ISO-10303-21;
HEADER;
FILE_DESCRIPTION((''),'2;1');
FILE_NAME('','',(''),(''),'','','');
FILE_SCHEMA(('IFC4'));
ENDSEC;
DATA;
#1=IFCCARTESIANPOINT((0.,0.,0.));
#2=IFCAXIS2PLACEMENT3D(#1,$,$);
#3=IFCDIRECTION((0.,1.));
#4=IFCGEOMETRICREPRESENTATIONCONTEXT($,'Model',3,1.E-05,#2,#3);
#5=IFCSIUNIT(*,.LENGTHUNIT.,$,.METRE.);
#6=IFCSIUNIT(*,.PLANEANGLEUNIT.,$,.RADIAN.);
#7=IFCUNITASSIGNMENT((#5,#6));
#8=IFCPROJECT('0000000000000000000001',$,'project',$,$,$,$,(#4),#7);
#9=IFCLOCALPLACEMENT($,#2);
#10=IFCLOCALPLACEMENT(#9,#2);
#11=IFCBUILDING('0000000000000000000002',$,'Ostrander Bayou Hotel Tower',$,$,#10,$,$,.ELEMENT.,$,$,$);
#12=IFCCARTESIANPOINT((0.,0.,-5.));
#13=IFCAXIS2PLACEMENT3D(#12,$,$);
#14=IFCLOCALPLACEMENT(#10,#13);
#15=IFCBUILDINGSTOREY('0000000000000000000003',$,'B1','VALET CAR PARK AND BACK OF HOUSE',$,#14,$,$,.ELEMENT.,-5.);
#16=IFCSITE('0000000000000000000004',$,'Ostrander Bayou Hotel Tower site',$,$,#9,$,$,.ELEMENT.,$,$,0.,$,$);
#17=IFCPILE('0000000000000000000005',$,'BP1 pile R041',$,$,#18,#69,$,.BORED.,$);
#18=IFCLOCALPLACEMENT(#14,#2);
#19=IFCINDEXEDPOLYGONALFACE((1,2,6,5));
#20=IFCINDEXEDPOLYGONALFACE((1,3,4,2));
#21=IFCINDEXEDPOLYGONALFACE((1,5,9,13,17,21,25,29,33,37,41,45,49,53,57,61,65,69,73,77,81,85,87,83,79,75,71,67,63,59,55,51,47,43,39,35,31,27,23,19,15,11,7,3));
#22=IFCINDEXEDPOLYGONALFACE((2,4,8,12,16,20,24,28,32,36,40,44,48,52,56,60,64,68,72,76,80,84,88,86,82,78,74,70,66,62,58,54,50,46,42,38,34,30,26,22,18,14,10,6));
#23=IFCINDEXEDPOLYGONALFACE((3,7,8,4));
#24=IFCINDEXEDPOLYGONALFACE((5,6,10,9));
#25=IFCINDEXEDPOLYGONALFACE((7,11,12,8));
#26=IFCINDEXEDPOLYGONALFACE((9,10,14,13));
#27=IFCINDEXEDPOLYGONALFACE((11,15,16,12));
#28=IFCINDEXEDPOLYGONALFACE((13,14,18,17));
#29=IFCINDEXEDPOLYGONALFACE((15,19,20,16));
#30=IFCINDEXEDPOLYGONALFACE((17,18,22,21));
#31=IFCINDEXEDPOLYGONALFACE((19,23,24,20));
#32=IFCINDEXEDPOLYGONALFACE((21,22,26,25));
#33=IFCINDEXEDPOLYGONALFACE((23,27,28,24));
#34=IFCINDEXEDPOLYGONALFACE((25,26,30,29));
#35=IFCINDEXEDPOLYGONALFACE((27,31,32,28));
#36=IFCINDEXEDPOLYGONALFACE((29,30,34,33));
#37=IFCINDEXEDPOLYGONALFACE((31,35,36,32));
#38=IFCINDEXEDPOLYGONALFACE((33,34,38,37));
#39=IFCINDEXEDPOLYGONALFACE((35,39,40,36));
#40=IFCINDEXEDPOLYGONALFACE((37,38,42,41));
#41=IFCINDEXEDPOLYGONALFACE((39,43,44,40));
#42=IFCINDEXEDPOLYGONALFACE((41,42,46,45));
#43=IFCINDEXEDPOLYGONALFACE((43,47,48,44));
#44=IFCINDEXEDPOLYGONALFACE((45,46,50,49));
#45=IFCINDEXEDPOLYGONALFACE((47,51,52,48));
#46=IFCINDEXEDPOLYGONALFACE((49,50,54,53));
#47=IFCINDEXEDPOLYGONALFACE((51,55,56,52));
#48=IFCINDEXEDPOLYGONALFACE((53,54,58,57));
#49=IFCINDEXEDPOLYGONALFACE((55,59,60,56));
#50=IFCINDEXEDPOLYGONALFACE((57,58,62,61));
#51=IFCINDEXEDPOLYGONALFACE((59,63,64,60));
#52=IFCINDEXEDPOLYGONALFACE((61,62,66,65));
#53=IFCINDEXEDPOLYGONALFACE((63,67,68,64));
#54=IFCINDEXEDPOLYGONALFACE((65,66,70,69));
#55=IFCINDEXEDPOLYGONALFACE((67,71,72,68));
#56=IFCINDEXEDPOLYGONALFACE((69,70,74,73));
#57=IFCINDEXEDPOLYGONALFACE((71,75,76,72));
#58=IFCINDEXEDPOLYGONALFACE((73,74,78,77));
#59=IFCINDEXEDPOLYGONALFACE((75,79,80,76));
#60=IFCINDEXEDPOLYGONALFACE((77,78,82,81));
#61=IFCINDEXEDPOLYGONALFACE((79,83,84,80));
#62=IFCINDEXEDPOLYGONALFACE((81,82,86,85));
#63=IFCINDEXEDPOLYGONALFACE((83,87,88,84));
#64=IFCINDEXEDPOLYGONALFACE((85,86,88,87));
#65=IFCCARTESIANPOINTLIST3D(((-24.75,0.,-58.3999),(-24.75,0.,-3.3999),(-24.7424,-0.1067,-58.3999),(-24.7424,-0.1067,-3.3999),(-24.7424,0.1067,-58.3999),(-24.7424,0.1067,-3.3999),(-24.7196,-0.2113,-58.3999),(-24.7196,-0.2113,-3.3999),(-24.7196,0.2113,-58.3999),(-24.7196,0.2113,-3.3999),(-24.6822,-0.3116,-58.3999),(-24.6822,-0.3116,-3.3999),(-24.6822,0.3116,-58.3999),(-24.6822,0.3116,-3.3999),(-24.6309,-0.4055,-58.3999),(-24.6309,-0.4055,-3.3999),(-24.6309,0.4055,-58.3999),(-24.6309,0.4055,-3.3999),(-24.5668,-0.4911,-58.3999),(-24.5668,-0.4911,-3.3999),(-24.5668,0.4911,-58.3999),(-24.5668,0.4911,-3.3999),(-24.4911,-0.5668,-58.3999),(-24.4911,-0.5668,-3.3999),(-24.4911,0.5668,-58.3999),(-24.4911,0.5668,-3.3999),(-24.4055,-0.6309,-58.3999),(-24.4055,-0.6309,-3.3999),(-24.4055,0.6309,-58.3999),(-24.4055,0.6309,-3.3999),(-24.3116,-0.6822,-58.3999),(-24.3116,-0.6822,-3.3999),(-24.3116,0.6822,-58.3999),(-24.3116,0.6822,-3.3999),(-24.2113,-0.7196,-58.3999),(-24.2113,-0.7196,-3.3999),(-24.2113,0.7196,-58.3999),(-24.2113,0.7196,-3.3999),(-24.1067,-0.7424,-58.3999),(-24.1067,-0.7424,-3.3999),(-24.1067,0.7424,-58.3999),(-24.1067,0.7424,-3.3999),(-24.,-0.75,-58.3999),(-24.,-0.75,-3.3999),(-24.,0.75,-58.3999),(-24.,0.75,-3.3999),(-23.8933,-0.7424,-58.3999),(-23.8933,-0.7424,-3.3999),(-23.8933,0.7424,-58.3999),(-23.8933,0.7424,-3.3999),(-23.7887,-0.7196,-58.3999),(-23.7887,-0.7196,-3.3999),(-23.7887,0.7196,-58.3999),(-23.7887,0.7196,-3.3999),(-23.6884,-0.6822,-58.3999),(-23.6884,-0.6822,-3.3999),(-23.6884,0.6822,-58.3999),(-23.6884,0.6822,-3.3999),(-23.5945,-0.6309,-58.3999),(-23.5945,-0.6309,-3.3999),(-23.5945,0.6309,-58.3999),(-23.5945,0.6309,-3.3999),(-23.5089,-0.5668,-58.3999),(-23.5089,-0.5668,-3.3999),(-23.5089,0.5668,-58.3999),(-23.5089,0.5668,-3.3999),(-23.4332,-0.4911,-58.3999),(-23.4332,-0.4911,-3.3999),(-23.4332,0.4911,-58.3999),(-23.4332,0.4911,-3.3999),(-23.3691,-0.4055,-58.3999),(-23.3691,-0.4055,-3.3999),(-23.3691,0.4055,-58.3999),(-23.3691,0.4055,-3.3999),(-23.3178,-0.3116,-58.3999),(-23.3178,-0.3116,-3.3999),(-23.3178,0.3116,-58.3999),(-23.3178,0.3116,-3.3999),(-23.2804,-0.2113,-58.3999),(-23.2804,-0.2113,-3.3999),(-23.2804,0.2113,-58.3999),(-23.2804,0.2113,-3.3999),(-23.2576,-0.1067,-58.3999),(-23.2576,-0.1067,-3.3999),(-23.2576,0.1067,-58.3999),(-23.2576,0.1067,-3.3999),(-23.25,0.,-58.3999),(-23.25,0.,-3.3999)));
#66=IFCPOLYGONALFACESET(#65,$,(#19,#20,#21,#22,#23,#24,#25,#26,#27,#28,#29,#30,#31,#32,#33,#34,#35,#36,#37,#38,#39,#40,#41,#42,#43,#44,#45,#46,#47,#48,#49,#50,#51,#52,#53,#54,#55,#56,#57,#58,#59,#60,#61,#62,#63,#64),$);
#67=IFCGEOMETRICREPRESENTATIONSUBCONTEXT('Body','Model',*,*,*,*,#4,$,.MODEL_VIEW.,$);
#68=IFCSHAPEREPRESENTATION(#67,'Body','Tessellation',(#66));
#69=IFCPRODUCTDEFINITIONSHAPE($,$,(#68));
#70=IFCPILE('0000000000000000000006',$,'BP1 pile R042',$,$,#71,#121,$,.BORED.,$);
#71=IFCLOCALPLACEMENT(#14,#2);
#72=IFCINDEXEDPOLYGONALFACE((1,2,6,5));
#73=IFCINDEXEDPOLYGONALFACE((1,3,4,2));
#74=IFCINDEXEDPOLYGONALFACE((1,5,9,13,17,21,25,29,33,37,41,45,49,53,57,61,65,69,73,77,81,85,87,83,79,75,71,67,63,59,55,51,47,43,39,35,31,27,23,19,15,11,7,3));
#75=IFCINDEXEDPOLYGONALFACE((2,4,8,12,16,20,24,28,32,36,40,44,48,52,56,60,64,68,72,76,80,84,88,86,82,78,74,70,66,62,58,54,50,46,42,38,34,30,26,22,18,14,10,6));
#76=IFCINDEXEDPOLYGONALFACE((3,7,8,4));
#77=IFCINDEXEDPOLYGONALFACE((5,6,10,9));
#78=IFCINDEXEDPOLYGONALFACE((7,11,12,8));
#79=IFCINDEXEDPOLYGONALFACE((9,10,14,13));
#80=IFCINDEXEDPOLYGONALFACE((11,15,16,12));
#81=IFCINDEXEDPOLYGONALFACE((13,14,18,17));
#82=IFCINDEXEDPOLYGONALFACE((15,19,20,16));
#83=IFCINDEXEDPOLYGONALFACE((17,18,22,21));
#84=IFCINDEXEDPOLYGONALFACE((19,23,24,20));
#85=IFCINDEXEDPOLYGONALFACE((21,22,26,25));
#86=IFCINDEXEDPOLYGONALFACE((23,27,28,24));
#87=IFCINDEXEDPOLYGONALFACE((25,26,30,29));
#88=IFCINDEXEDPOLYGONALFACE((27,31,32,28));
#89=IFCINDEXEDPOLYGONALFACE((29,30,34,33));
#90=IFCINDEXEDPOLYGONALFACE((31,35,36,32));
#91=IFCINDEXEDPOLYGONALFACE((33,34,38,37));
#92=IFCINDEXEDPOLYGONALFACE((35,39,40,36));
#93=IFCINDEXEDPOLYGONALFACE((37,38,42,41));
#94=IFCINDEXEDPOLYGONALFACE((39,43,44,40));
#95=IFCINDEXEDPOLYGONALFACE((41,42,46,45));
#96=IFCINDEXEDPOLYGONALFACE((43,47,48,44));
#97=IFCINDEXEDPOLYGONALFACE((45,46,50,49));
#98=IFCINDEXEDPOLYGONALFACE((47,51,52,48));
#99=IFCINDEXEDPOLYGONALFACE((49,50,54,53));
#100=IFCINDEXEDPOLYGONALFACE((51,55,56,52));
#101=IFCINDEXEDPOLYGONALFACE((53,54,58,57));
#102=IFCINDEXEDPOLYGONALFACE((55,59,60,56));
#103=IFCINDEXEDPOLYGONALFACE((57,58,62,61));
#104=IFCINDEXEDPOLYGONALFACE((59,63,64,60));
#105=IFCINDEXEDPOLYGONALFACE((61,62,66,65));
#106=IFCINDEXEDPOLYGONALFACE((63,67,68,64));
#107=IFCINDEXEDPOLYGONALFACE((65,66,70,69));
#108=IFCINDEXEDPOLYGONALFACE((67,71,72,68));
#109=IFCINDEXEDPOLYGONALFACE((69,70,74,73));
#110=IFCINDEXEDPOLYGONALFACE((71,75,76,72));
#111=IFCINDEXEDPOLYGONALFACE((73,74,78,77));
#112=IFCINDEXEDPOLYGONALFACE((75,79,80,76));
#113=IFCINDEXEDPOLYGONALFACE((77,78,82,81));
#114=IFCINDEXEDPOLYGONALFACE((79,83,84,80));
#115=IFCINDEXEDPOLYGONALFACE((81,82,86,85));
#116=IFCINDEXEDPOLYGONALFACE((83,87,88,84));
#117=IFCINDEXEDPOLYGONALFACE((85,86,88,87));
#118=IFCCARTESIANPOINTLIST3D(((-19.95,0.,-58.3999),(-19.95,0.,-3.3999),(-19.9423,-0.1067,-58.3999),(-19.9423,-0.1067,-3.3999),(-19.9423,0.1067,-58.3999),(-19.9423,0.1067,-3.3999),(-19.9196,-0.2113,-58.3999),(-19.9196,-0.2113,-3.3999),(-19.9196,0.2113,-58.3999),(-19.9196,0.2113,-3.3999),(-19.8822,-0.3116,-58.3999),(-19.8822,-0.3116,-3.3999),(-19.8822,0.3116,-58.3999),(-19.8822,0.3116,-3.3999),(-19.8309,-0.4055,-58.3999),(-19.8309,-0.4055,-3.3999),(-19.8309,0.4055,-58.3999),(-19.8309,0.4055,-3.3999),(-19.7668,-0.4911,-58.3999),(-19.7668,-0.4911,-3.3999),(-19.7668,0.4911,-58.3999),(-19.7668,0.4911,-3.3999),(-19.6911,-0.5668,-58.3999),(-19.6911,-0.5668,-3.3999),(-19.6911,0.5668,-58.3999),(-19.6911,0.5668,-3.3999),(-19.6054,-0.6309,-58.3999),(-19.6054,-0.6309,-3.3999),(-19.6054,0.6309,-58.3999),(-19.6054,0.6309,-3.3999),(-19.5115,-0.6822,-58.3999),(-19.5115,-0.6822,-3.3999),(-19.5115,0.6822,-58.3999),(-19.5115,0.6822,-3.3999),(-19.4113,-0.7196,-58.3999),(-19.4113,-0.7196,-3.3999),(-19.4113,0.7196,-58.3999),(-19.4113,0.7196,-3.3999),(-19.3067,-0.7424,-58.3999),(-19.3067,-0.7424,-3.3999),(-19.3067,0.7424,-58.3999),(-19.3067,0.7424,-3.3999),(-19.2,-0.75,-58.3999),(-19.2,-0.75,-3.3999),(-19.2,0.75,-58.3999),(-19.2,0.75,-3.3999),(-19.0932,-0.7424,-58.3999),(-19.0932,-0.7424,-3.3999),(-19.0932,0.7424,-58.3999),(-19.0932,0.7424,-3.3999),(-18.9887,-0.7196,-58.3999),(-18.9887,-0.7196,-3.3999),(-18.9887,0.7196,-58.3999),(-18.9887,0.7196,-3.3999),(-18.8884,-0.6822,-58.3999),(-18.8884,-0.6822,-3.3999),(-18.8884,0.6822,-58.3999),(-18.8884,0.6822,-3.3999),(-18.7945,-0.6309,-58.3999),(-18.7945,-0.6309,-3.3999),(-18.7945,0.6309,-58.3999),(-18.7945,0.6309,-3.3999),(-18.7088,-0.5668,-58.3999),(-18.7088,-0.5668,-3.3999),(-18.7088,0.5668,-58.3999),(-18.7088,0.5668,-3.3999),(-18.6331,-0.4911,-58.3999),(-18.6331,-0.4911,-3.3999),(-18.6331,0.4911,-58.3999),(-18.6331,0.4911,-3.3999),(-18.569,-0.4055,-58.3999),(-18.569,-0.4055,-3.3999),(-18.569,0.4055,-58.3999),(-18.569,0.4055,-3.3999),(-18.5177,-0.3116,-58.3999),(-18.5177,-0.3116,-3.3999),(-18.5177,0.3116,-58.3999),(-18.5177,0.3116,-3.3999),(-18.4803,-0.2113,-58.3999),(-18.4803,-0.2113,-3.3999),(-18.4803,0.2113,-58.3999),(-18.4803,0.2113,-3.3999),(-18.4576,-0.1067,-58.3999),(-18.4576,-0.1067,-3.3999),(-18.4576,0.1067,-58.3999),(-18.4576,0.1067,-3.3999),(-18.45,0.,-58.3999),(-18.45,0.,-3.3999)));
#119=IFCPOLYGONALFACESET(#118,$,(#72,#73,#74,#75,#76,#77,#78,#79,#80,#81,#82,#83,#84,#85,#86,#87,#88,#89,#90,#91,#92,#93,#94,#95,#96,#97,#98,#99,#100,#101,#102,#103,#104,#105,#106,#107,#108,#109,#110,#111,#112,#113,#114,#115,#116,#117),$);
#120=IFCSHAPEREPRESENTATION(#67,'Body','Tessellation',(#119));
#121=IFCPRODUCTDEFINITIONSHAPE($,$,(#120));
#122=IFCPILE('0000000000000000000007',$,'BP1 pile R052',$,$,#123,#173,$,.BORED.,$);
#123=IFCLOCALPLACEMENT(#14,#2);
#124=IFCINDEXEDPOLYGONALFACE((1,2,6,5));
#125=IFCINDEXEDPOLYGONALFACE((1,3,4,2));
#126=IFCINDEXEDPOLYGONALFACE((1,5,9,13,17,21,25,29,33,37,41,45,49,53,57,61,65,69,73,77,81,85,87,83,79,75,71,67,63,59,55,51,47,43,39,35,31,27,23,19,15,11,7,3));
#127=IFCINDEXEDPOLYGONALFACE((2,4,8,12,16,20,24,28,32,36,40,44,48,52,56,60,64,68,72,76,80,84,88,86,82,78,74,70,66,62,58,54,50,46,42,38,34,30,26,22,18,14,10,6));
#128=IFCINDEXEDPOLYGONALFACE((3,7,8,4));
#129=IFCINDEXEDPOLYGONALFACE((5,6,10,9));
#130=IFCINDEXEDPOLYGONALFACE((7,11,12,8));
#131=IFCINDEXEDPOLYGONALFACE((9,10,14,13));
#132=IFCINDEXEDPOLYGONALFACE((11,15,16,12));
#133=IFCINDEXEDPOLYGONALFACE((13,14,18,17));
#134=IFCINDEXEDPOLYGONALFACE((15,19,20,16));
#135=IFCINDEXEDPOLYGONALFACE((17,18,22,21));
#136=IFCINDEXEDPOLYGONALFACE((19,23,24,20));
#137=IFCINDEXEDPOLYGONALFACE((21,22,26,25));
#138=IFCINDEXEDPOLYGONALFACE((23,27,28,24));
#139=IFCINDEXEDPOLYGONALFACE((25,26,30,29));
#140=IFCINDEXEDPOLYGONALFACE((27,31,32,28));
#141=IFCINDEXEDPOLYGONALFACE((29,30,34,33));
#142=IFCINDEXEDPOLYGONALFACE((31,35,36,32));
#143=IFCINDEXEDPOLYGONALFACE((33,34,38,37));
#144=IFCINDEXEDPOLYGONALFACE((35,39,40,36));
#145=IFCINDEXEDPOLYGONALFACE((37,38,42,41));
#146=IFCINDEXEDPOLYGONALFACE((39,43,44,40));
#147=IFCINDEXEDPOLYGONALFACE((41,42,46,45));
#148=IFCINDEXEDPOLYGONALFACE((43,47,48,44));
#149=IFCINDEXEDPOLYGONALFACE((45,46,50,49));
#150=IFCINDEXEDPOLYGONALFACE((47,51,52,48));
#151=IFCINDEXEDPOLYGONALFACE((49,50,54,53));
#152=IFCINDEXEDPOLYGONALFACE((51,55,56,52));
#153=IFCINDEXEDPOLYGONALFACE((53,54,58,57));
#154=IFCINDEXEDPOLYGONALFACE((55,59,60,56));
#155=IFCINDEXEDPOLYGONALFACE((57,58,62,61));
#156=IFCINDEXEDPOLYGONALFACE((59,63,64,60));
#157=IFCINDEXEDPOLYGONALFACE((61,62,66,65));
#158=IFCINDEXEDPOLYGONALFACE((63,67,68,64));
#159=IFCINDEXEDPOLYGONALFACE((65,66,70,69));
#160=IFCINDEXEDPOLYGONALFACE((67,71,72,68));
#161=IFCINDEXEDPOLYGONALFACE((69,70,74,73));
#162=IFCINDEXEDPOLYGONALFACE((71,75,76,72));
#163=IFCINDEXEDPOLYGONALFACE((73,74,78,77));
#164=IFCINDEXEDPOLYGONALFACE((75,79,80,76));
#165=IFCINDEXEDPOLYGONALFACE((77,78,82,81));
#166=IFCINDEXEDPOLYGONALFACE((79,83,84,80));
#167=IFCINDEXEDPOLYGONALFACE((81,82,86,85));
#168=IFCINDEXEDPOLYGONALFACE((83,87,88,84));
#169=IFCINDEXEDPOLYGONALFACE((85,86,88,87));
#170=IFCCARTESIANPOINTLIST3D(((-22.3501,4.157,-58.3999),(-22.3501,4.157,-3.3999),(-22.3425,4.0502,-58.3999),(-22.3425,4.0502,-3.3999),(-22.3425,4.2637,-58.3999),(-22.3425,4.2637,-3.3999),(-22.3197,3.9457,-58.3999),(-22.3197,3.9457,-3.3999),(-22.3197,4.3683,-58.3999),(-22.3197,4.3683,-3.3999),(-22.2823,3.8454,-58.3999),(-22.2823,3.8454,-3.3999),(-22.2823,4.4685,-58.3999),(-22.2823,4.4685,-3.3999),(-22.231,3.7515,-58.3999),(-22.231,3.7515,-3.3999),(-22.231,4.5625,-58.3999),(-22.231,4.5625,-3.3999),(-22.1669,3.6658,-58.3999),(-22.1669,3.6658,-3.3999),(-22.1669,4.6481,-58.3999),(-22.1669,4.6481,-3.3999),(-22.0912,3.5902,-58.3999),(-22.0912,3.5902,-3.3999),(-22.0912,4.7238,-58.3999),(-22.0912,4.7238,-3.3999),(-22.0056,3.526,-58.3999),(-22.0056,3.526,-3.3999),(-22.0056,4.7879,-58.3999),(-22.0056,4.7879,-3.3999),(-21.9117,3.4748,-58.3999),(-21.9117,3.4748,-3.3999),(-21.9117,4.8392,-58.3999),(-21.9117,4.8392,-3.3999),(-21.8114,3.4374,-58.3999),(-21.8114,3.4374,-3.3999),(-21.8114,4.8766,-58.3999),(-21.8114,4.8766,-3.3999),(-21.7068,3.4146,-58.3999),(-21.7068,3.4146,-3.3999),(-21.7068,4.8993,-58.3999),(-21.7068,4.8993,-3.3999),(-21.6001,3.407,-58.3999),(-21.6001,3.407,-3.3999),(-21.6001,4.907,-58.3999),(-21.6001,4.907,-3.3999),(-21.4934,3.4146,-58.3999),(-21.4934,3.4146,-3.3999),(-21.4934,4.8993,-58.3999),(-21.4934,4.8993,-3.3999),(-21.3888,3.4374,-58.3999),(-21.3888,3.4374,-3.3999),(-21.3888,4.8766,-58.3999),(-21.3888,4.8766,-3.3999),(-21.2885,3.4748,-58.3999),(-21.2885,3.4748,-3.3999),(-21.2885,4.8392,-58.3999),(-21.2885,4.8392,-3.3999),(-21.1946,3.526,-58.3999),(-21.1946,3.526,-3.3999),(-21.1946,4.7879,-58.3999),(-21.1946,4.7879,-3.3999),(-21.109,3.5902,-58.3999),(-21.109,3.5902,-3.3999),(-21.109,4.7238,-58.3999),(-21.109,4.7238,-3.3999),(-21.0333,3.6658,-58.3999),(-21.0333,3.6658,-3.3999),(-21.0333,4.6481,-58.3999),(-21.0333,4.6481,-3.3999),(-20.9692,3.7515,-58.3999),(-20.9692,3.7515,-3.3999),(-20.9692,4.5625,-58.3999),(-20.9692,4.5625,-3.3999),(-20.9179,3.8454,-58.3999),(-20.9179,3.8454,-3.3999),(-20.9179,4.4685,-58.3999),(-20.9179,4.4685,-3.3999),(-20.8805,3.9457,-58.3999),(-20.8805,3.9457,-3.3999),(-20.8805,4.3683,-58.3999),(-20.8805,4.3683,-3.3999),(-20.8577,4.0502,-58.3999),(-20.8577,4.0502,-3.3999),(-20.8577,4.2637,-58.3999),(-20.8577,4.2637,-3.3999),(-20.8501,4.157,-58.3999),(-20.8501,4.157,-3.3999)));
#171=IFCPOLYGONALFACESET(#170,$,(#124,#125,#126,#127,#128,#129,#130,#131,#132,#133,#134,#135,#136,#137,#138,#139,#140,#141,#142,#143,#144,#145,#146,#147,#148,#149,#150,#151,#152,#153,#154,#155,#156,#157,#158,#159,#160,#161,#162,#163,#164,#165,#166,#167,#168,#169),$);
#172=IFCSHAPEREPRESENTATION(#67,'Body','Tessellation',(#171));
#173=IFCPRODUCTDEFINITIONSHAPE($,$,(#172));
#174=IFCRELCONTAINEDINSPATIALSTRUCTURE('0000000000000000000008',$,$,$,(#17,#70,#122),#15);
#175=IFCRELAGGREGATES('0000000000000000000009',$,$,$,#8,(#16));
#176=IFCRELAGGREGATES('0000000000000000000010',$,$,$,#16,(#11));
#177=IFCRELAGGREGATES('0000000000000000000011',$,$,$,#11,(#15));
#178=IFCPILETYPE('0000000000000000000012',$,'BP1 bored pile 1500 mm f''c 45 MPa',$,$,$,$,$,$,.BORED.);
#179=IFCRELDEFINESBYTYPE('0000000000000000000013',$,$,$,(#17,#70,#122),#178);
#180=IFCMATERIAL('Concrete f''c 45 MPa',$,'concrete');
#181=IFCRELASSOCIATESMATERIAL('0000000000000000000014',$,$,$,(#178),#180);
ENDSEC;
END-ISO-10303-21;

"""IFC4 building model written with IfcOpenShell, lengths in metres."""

from ifc_helpers import new_model, si_unit, direction, frame, origin, origin_2d, place, context, subcontext, project, spatial, circle, extrude, material, material_profile, profile_set, type_object, element, save


model = new_model("IFC4")

# Units and contexts
model_context = context("Model", 3, precision=1e-05, world=origin(), true_north=direction((0.0, 1.0)))
body_context = subcontext(model_context, "Body", "Model", "MODEL_VIEW")
ifc_project = project(units=[si_unit("LENGTHUNIT", "METRE"), si_unit("PLANEANGLEUNIT", "RADIAN")], contexts=[model_context])

# Site, building, storey
site_placement = place(None, origin())
site = spatial("IfcSite", under=ifc_project, at=site_placement, Name="Ostrander Bayou Hotel Tower site", CompositionType="ELEMENT", RefElevation=0.0)
building_placement = place(site_placement, origin())
building = spatial("IfcBuilding", under=site, at=building_placement, Name="Ostrander Bayou Hotel Tower", CompositionType="ELEMENT")
storey_placement = place(building_placement, frame((0.0, 0.0, -5.0)))
storey = spatial("IfcBuildingStorey", under=building, at=storey_placement, Name="B1", Description="VALET CAR PARK AND BACK OF HOUSE", CompositionType="ELEMENT", Elevation=-5.0)

# Piles
ifc_material_1 = material(Name="Concrete f'c 45 MPa", Category="concrete")
ifc_material_profile_1 = material_profile(ifc_material_1, circle(Radius=0.75, at=origin_2d()))
ifc_profile_set_1 = profile_set([ifc_material_profile_1], Name="Concrete f'c 45 MPa")
pile_type_1 = type_object("IfcPileType", Name="BP1 bored pile 1500 mm f'c 45 MPa", PredefinedType="BORED", material=ifc_profile_set_1)
for number, where, z_axis, x_axis, name in (
    (1, (-24.0, 0.0, -3.3999), (0.0, 0.0, -1.0), (1.0, 0.0, 0.0), "BP1 pile R041"),
    (2, (-19.2, 0.0, -3.3999), (0.0, 0.0, -1.0), (1.0, 0.0, 0.0), "BP1 pile R042"),
    (3, (-21.6001, 4.157, -3.3999), (0.0, 0.0, -1.0), (1.0, 0.0, 0.0), "BP1 pile R052"),
):
    element("IfcPile", number, at=place(storey_placement, frame(where, z_axis=z_axis, x_axis=x_axis)), inside=storey, type_object=pile_type_1, Name=name, PredefinedType="BORED", context=body_context, shape_type="SweptSolid", body=[
        extrude(circle(Radius=0.75, at=origin_2d()), origin(), (0.0, 0.0, 1.0), 55.0),
    ])

save(model, "model.ifc")
